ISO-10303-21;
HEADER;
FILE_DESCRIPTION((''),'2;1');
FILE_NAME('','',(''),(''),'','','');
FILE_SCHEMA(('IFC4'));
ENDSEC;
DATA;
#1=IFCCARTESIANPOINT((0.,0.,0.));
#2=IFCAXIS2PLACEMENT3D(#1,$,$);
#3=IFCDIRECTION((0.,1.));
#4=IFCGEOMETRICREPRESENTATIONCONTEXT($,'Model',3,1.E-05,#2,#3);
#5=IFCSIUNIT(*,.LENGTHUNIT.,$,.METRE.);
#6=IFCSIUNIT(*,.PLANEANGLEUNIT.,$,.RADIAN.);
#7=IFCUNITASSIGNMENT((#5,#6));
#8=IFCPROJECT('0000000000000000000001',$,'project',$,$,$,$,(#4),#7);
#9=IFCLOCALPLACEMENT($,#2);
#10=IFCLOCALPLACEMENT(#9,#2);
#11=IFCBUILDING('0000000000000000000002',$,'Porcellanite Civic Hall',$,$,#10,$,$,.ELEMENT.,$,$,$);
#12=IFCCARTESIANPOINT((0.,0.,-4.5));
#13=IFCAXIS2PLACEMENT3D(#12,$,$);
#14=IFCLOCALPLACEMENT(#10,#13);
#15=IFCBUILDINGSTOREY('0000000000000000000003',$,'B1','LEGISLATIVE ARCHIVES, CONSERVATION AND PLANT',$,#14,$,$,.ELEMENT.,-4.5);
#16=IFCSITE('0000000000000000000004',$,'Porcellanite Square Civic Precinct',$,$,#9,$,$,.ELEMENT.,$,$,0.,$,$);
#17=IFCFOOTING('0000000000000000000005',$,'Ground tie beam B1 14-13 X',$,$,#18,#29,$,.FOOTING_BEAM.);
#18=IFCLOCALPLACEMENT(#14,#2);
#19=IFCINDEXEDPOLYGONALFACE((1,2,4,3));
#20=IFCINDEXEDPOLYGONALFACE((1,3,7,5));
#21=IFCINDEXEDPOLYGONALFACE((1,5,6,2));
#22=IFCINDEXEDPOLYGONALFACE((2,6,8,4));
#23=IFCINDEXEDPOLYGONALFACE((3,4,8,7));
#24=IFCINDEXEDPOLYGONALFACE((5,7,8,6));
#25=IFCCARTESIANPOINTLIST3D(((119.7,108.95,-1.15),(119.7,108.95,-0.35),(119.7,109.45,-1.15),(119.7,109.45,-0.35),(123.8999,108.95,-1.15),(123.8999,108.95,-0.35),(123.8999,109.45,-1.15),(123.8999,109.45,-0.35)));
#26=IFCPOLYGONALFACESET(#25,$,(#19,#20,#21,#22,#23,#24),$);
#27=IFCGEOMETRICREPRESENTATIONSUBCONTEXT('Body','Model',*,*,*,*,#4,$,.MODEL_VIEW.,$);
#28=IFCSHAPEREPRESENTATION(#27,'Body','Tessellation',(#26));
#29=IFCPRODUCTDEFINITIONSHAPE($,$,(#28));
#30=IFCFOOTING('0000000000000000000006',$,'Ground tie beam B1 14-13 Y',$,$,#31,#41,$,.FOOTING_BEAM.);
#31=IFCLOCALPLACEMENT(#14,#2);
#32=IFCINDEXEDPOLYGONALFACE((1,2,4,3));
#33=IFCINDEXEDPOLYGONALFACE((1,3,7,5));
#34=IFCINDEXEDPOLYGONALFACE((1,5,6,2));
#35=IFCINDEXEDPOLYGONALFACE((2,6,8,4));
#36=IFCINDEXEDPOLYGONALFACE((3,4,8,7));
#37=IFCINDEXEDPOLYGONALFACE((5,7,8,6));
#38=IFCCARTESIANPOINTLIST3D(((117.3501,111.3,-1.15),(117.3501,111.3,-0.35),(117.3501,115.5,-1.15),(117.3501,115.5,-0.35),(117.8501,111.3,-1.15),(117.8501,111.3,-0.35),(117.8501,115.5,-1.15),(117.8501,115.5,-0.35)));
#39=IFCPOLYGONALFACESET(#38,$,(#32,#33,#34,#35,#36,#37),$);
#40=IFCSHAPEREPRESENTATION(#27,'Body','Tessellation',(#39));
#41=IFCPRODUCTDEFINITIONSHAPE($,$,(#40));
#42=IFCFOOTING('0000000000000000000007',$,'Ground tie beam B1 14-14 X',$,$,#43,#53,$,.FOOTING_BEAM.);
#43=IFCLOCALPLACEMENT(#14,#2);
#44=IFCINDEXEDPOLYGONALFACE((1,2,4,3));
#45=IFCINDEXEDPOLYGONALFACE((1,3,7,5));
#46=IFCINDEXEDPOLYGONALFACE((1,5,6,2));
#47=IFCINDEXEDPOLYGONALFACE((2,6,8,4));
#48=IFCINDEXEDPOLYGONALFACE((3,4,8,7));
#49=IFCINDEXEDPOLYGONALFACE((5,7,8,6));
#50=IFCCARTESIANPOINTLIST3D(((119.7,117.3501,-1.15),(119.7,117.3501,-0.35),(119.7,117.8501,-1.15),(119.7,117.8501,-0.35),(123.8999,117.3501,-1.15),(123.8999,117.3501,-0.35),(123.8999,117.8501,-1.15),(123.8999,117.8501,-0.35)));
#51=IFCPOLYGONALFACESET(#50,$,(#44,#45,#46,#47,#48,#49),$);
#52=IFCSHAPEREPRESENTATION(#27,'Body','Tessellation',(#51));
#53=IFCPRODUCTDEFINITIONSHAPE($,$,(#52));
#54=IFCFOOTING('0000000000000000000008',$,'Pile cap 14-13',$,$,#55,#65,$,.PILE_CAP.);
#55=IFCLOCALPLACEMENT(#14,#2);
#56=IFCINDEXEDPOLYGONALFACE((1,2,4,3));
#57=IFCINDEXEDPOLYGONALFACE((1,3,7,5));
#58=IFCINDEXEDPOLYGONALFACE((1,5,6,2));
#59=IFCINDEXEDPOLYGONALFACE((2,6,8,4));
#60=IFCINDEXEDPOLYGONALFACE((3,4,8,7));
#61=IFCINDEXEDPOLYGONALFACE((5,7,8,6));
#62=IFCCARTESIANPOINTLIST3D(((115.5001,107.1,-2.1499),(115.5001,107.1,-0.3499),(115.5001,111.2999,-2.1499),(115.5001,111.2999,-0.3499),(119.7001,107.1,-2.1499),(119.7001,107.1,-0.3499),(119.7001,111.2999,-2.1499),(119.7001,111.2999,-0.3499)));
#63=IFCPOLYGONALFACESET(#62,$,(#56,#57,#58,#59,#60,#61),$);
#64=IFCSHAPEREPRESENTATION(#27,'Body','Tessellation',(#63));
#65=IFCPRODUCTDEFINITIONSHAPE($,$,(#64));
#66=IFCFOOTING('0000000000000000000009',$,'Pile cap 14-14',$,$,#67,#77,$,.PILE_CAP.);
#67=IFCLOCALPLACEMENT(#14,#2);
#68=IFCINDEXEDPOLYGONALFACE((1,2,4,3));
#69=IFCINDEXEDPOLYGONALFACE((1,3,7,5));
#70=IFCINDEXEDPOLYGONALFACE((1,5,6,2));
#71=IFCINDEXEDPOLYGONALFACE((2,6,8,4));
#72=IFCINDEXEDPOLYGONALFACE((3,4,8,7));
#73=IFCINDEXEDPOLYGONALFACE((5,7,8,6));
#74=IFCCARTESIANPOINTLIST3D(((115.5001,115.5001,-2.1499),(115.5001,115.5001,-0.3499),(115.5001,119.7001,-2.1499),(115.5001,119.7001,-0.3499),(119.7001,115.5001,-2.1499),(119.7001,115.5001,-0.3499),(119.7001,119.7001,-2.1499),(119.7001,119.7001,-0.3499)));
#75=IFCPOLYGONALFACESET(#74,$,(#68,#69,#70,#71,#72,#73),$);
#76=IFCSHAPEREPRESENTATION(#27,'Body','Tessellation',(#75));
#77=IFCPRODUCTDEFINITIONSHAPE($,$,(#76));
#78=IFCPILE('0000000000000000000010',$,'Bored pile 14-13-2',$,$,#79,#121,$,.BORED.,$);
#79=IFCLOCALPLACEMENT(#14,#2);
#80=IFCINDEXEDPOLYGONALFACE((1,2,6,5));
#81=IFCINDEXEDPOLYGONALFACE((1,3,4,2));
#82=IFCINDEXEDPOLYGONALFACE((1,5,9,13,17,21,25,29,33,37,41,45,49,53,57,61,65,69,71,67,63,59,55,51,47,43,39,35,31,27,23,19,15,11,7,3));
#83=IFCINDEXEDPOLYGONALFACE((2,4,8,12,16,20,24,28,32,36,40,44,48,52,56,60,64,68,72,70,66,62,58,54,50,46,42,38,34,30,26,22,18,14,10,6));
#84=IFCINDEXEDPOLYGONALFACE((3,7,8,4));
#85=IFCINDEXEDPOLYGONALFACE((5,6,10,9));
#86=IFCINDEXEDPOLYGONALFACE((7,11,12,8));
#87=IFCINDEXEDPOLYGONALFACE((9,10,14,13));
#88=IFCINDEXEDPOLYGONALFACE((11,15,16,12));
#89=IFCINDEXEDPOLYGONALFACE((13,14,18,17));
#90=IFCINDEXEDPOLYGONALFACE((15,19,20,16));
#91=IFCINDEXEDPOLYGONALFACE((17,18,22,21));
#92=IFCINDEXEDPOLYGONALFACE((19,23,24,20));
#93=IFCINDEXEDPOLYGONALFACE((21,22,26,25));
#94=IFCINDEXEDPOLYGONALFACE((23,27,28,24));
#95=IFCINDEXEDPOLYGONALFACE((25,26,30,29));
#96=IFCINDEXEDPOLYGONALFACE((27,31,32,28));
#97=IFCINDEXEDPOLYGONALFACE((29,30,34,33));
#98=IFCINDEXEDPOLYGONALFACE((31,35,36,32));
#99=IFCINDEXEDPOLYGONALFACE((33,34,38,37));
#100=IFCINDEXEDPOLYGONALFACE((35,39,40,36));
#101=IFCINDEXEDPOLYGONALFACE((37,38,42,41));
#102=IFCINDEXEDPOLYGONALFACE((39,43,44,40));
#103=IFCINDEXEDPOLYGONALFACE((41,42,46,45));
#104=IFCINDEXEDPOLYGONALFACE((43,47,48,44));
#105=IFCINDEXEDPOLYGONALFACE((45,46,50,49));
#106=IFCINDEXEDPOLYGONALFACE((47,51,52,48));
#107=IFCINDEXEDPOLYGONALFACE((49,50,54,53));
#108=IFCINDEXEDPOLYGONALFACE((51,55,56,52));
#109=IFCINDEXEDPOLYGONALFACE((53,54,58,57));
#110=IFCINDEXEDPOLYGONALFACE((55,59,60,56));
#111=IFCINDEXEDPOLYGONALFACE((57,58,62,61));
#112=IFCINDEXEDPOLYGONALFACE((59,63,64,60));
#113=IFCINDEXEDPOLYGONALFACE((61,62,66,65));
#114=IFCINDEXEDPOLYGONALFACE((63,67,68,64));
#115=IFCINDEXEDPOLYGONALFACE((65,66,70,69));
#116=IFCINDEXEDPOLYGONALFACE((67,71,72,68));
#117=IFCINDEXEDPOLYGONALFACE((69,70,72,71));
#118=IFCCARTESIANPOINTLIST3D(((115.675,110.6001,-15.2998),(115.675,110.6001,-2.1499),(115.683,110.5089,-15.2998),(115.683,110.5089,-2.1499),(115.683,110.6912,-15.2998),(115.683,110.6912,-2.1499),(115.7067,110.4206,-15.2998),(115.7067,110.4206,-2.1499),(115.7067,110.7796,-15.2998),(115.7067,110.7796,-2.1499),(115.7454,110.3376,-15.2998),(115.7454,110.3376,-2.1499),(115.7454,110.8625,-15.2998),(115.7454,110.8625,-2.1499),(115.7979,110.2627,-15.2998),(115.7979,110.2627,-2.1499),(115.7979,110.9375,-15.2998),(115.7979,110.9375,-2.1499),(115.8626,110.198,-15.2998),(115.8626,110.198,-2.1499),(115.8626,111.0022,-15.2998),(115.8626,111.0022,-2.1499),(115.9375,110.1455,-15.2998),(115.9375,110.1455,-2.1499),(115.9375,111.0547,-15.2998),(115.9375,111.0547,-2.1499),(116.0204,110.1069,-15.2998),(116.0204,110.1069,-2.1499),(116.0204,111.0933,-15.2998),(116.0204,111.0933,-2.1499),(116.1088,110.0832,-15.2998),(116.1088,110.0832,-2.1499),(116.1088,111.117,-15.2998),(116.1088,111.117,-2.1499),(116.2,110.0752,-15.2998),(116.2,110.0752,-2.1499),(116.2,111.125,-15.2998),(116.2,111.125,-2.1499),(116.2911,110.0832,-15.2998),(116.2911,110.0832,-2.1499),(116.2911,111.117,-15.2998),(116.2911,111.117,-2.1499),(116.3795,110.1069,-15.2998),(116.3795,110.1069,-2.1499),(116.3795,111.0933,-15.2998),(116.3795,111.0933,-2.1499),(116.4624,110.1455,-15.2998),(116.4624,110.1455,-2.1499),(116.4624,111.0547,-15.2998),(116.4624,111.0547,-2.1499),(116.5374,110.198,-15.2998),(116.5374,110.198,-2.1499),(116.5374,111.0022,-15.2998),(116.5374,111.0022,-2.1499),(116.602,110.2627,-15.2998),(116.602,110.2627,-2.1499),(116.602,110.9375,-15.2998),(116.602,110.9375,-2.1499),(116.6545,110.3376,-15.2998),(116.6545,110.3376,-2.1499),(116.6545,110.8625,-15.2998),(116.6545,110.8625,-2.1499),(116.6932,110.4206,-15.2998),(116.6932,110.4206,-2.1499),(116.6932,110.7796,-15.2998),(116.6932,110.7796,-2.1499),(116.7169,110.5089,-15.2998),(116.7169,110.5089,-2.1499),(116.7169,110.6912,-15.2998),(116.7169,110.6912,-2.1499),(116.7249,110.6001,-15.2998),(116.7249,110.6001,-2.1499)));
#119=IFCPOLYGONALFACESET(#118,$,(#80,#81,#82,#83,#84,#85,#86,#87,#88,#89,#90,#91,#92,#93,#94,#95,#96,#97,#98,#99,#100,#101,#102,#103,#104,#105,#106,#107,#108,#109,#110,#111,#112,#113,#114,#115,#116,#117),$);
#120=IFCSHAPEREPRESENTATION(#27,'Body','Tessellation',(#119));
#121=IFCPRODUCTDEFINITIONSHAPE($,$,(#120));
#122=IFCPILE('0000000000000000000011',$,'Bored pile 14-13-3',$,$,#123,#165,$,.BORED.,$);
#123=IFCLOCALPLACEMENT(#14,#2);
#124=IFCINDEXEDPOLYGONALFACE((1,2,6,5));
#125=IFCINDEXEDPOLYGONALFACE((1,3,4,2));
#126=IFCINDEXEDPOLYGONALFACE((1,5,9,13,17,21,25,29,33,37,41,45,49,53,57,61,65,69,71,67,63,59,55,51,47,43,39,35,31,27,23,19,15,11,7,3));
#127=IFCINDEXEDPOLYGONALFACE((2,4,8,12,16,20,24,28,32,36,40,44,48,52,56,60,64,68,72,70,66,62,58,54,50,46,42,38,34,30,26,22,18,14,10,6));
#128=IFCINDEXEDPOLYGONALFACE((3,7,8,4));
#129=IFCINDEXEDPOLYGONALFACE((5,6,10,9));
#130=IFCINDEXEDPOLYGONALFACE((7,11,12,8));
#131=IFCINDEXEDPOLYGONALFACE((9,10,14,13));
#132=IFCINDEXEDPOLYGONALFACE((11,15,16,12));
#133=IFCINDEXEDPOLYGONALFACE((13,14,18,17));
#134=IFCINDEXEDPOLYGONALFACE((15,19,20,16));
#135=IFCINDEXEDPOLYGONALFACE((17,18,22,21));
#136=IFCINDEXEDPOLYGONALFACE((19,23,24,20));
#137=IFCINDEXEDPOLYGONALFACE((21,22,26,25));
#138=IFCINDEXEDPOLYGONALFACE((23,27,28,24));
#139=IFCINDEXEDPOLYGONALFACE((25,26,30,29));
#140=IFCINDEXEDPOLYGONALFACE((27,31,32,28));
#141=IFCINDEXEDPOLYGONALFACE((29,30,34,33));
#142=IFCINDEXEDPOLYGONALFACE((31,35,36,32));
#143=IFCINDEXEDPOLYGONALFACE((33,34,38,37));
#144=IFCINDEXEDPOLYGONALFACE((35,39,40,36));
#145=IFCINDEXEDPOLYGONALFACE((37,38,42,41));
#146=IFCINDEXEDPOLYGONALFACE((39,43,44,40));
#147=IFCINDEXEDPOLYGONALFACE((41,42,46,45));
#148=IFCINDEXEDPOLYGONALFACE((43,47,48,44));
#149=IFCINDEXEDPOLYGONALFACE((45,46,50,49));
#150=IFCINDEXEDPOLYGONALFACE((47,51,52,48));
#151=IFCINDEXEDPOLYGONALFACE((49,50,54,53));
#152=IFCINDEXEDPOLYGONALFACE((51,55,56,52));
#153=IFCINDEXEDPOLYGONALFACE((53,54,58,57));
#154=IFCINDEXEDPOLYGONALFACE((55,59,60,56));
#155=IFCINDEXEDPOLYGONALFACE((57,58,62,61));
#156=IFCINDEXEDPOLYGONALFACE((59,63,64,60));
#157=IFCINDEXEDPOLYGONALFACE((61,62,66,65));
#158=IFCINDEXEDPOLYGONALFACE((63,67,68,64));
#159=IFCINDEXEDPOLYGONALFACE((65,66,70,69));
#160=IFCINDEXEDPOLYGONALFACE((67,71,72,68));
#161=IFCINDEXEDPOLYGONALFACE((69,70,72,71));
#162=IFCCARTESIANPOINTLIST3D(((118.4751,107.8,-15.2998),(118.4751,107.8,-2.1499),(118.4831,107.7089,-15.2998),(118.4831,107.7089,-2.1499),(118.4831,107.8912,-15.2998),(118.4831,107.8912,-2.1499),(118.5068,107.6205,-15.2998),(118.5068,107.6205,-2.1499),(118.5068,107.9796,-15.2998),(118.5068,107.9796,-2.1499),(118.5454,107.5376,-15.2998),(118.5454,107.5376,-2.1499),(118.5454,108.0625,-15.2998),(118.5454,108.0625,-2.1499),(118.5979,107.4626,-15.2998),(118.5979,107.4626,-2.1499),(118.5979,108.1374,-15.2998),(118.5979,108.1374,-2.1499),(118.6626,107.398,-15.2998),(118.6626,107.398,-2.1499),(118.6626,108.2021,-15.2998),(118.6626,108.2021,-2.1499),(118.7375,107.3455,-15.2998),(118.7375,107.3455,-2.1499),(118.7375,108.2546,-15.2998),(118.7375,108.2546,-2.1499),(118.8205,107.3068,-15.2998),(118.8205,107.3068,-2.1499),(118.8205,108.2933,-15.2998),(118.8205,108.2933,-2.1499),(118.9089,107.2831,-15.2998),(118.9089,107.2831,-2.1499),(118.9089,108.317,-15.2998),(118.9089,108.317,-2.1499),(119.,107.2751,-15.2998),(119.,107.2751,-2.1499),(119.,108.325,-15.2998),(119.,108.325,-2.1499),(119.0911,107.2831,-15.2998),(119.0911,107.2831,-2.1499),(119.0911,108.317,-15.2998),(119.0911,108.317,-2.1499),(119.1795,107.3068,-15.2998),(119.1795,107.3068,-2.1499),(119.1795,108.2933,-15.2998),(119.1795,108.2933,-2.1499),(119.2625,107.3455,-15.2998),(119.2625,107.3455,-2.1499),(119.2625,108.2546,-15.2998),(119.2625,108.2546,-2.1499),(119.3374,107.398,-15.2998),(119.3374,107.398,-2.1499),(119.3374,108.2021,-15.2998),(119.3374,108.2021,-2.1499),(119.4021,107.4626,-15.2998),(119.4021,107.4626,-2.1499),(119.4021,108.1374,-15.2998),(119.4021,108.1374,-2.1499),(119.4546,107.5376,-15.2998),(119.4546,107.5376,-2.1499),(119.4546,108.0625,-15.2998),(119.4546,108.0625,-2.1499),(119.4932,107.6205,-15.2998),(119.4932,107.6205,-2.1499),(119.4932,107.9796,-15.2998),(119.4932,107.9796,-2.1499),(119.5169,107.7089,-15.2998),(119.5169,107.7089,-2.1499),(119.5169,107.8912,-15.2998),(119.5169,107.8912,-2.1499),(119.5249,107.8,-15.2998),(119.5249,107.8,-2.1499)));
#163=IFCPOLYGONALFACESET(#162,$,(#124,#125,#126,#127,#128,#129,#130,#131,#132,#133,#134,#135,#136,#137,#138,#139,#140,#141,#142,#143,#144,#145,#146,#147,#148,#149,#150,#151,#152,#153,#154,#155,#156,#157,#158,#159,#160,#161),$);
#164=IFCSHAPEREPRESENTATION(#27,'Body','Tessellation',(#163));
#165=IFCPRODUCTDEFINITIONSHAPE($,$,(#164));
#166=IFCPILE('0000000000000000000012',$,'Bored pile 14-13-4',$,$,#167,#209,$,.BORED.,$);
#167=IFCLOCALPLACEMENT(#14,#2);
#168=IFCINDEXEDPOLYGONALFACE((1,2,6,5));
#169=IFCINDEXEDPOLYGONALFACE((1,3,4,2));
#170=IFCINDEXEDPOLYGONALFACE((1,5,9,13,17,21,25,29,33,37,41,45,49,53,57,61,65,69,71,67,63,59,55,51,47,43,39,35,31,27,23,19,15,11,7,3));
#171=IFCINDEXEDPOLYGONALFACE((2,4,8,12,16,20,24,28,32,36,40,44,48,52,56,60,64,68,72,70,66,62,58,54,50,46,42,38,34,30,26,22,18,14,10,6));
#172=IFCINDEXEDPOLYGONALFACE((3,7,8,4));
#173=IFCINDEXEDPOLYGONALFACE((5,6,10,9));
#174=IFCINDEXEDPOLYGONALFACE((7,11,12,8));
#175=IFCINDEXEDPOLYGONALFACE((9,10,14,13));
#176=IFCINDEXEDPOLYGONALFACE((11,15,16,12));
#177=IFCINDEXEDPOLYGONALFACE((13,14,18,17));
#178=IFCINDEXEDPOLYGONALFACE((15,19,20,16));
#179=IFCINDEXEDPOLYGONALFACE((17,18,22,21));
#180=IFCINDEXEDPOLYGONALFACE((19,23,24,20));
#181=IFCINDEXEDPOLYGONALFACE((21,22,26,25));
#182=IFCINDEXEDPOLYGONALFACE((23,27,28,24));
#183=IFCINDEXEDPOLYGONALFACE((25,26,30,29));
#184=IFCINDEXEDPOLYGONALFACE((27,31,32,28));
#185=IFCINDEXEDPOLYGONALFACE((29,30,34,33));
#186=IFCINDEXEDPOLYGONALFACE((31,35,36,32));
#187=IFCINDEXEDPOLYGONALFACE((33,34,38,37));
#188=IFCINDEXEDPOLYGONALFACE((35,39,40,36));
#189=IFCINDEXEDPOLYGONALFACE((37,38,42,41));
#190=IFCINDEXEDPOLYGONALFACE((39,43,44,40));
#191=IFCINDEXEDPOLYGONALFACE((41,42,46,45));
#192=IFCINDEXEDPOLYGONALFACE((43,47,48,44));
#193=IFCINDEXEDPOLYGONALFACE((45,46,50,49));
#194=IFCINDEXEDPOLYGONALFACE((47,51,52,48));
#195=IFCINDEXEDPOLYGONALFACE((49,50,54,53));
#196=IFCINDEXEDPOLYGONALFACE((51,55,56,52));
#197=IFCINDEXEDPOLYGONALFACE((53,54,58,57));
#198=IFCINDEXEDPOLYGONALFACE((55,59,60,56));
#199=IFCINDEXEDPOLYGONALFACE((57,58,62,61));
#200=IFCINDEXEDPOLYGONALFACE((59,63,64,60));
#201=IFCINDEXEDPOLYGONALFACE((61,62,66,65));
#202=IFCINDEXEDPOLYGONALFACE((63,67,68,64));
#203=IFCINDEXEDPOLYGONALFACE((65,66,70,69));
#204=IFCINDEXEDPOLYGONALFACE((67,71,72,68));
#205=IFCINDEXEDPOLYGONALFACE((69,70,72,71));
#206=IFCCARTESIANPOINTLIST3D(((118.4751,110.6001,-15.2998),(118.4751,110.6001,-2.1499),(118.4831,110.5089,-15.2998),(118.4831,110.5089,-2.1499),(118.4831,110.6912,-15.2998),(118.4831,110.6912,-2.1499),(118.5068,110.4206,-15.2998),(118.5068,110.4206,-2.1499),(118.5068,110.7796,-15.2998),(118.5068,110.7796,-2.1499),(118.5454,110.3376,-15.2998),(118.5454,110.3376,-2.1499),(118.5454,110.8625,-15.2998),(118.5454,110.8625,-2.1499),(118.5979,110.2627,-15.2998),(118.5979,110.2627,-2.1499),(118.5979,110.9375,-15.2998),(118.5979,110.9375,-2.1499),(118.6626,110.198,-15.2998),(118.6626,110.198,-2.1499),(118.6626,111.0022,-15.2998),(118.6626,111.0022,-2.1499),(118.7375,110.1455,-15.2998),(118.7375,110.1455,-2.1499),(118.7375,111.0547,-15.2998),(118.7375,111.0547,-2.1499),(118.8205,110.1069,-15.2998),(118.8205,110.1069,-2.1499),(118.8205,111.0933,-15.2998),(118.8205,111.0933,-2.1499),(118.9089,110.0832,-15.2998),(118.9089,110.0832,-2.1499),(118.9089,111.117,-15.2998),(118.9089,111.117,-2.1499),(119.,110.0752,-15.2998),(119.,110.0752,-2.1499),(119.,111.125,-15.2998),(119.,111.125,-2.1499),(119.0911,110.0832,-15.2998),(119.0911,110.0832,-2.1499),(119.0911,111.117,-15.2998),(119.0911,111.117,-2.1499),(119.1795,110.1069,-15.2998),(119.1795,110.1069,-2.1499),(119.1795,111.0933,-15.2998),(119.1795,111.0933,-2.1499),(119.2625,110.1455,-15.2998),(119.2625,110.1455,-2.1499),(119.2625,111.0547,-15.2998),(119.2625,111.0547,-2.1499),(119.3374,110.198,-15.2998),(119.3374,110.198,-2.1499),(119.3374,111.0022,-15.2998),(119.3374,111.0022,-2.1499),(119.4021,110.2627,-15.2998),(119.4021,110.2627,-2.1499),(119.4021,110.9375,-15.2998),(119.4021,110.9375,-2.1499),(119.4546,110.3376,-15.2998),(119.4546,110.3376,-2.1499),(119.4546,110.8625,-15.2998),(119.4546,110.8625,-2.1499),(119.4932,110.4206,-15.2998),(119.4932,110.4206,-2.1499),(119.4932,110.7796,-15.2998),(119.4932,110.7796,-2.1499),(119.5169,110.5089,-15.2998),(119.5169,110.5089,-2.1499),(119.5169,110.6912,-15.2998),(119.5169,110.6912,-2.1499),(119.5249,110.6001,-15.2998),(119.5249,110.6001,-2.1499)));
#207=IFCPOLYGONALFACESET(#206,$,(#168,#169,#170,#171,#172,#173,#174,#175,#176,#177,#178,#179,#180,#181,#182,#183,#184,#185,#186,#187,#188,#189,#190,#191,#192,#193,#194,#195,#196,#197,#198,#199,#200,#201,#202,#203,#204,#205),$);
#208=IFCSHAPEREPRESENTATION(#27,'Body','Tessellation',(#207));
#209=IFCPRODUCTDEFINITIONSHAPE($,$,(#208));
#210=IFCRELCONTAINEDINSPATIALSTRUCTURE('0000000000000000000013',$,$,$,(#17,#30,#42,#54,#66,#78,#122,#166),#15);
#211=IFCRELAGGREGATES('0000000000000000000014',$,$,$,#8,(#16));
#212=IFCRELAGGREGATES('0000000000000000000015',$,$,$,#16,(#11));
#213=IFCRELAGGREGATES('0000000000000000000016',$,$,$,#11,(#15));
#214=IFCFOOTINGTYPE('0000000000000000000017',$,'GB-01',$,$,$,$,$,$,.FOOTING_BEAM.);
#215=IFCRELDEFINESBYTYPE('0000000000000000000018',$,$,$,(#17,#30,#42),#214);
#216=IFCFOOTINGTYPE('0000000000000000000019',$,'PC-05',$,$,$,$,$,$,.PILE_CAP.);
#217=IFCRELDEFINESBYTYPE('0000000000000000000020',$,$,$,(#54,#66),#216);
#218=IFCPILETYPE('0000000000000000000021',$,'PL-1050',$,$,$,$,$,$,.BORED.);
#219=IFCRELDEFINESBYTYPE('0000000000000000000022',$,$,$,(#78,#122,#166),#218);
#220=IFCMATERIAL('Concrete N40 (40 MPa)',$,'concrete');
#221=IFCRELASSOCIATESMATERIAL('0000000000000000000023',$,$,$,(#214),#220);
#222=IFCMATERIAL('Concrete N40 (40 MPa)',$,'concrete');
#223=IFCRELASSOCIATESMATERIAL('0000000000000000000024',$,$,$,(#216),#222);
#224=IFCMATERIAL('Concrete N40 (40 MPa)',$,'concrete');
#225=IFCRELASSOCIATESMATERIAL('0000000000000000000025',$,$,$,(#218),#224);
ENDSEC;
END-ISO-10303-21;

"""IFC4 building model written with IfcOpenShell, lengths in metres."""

from ifc_helpers import new_model, si_unit, direction, frame, origin, origin_2d, place, context, subcontext, project, spatial, rectangle, circle, extrude, material, material_profile, profile_set, type_object, element, save


model = new_model("IFC4")

# Units and contexts
model_context = context("Model", 3, precision=1e-05, world=origin(), true_north=direction((0.0, 1.0)))
body_context = subcontext(model_context, "Body", "Model", "MODEL_VIEW")
ifc_project = project(units=[si_unit("LENGTHUNIT", "METRE"), si_unit("PLANEANGLEUNIT", "RADIAN")], contexts=[model_context])

# Site, building, storey
site_placement = place(None, origin())
site = spatial("IfcSite", under=ifc_project, at=site_placement, Name="Porcellanite Square Civic Precinct", CompositionType="ELEMENT", RefElevation=0.0)
building_placement = place(site_placement, origin())
building = spatial("IfcBuilding", under=site, at=building_placement, Name="Porcellanite Civic Hall", CompositionType="ELEMENT")
storey_placement = place(building_placement, frame((0.0, 0.0, -4.5)))
storey = spatial("IfcBuildingStorey", under=building, at=storey_placement, Name="B1", Description="LEGISLATIVE ARCHIVES, CONSERVATION AND PLANT", CompositionType="ELEMENT", Elevation=-4.5)

# Footings
ifc_material_1 = material(Name="Concrete N40 (40 MPa)", Category="concrete")
ifc_material_profile_1 = material_profile(ifc_material_1, rectangle(XDim=0.5, YDim=0.8, at=origin_2d()), Name="RC-500x800")
ifc_profile_set_1 = profile_set([ifc_material_profile_1], Name="Concrete N40 (40 MPa)")
footing_type_1 = type_object("IfcFootingType", Name="GB-01", PredefinedType="FOOTING_BEAM", material=ifc_profile_set_1)
for number, where, z_axis, x_axis, name in (
    (1, (119.7, 109.2, -0.75), (1.0, 0.0, 0.0), (0.0, 1.0, 0.0), "Ground tie beam B1 14-13 X"),
    (2, (117.6001, 111.3, -0.75), (0.0, 1.0, 0.0), (-1.0, 0.0, 0.0), "Ground tie beam B1 14-13 Y"),
    (3, (119.7, 117.6001, -0.75), (1.0, 0.0, 0.0), (0.0, 1.0, 0.0), "Ground tie beam B1 14-14 X"),
):
    element("IfcFooting", number, at=place(storey_placement, frame(where, z_axis=z_axis, x_axis=x_axis)), inside=storey, type_object=footing_type_1, Name=name, PredefinedType="FOOTING_BEAM", context=body_context, shape_type="SweptSolid", body=[
        extrude(rectangle(XDim=0.5, YDim=0.8, at=origin_2d()), origin(), (0.0, 0.0, 1.0), 4.2),
    ])
ifc_material_2 = material(Name="Concrete N40 (40 MPa)", Category="concrete")
footing_type_2 = type_object("IfcFootingType", Name="PC-05", PredefinedType="PILE_CAP", material=ifc_material_2)
for number, where, z_axis, x_axis, name in (
    (4, (117.6001, 109.2, -2.1499), (0.0, 0.0, 1.0), (1.0, 0.0, 0.0), "Pile cap 14-13"),
    (5, (117.6001, 117.6001, -2.1499), (0.0, 0.0, 1.0), (1.0, 0.0, 0.0), "Pile cap 14-14"),
):
    element("IfcFooting", number, at=place(storey_placement, frame(where, z_axis=z_axis, x_axis=x_axis)), inside=storey, type_object=footing_type_2, Name=name, PredefinedType="PILE_CAP", context=body_context, shape_type="SweptSolid", body=[
        extrude(rectangle(XDim=4.2, YDim=4.2, at=origin_2d()), origin(), (0.0, 0.0, 1.0), 1.8),
    ])

# Piles
ifc_material_3 = material(Name="Concrete N40 (40 MPa)", Category="concrete")
ifc_material_profile_2 = material_profile(ifc_material_3, circle(Radius=0.5249, at=origin_2d()), Name="PILE-D1050")
ifc_profile_set_2 = profile_set([ifc_material_profile_2], Name="Concrete N40 (40 MPa)")
pile_type = type_object("IfcPileType", Name="PL-1050", PredefinedType="BORED", material=ifc_profile_set_2)
for number, where, z_axis, x_axis, name in (
    (6, (116.2, 110.6001, -2.1499), (0.0, 0.0, -1.0), (1.0, 0.0, 0.0), "Bored pile 14-13-2"),
    (7, (119.0, 107.8, -2.1499), (0.0, 0.0, -1.0), (1.0, 0.0, 0.0), "Bored pile 14-13-3"),
    (8, (119.0, 110.6001, -2.1499), (0.0, 0.0, -1.0), (1.0, 0.0, 0.0), "Bored pile 14-13-4"),
):
    element("IfcPile", number, at=place(storey_placement, frame(where, z_axis=z_axis, x_axis=x_axis)), inside=storey, type_object=pile_type, Name=name, PredefinedType="BORED", context=body_context, shape_type="SweptSolid", body=[
        extrude(circle(Radius=0.5249, at=origin_2d()), origin(), (0.0, 0.0, 1.0), 13.1499),
    ])

save(model, "model.ifc")
